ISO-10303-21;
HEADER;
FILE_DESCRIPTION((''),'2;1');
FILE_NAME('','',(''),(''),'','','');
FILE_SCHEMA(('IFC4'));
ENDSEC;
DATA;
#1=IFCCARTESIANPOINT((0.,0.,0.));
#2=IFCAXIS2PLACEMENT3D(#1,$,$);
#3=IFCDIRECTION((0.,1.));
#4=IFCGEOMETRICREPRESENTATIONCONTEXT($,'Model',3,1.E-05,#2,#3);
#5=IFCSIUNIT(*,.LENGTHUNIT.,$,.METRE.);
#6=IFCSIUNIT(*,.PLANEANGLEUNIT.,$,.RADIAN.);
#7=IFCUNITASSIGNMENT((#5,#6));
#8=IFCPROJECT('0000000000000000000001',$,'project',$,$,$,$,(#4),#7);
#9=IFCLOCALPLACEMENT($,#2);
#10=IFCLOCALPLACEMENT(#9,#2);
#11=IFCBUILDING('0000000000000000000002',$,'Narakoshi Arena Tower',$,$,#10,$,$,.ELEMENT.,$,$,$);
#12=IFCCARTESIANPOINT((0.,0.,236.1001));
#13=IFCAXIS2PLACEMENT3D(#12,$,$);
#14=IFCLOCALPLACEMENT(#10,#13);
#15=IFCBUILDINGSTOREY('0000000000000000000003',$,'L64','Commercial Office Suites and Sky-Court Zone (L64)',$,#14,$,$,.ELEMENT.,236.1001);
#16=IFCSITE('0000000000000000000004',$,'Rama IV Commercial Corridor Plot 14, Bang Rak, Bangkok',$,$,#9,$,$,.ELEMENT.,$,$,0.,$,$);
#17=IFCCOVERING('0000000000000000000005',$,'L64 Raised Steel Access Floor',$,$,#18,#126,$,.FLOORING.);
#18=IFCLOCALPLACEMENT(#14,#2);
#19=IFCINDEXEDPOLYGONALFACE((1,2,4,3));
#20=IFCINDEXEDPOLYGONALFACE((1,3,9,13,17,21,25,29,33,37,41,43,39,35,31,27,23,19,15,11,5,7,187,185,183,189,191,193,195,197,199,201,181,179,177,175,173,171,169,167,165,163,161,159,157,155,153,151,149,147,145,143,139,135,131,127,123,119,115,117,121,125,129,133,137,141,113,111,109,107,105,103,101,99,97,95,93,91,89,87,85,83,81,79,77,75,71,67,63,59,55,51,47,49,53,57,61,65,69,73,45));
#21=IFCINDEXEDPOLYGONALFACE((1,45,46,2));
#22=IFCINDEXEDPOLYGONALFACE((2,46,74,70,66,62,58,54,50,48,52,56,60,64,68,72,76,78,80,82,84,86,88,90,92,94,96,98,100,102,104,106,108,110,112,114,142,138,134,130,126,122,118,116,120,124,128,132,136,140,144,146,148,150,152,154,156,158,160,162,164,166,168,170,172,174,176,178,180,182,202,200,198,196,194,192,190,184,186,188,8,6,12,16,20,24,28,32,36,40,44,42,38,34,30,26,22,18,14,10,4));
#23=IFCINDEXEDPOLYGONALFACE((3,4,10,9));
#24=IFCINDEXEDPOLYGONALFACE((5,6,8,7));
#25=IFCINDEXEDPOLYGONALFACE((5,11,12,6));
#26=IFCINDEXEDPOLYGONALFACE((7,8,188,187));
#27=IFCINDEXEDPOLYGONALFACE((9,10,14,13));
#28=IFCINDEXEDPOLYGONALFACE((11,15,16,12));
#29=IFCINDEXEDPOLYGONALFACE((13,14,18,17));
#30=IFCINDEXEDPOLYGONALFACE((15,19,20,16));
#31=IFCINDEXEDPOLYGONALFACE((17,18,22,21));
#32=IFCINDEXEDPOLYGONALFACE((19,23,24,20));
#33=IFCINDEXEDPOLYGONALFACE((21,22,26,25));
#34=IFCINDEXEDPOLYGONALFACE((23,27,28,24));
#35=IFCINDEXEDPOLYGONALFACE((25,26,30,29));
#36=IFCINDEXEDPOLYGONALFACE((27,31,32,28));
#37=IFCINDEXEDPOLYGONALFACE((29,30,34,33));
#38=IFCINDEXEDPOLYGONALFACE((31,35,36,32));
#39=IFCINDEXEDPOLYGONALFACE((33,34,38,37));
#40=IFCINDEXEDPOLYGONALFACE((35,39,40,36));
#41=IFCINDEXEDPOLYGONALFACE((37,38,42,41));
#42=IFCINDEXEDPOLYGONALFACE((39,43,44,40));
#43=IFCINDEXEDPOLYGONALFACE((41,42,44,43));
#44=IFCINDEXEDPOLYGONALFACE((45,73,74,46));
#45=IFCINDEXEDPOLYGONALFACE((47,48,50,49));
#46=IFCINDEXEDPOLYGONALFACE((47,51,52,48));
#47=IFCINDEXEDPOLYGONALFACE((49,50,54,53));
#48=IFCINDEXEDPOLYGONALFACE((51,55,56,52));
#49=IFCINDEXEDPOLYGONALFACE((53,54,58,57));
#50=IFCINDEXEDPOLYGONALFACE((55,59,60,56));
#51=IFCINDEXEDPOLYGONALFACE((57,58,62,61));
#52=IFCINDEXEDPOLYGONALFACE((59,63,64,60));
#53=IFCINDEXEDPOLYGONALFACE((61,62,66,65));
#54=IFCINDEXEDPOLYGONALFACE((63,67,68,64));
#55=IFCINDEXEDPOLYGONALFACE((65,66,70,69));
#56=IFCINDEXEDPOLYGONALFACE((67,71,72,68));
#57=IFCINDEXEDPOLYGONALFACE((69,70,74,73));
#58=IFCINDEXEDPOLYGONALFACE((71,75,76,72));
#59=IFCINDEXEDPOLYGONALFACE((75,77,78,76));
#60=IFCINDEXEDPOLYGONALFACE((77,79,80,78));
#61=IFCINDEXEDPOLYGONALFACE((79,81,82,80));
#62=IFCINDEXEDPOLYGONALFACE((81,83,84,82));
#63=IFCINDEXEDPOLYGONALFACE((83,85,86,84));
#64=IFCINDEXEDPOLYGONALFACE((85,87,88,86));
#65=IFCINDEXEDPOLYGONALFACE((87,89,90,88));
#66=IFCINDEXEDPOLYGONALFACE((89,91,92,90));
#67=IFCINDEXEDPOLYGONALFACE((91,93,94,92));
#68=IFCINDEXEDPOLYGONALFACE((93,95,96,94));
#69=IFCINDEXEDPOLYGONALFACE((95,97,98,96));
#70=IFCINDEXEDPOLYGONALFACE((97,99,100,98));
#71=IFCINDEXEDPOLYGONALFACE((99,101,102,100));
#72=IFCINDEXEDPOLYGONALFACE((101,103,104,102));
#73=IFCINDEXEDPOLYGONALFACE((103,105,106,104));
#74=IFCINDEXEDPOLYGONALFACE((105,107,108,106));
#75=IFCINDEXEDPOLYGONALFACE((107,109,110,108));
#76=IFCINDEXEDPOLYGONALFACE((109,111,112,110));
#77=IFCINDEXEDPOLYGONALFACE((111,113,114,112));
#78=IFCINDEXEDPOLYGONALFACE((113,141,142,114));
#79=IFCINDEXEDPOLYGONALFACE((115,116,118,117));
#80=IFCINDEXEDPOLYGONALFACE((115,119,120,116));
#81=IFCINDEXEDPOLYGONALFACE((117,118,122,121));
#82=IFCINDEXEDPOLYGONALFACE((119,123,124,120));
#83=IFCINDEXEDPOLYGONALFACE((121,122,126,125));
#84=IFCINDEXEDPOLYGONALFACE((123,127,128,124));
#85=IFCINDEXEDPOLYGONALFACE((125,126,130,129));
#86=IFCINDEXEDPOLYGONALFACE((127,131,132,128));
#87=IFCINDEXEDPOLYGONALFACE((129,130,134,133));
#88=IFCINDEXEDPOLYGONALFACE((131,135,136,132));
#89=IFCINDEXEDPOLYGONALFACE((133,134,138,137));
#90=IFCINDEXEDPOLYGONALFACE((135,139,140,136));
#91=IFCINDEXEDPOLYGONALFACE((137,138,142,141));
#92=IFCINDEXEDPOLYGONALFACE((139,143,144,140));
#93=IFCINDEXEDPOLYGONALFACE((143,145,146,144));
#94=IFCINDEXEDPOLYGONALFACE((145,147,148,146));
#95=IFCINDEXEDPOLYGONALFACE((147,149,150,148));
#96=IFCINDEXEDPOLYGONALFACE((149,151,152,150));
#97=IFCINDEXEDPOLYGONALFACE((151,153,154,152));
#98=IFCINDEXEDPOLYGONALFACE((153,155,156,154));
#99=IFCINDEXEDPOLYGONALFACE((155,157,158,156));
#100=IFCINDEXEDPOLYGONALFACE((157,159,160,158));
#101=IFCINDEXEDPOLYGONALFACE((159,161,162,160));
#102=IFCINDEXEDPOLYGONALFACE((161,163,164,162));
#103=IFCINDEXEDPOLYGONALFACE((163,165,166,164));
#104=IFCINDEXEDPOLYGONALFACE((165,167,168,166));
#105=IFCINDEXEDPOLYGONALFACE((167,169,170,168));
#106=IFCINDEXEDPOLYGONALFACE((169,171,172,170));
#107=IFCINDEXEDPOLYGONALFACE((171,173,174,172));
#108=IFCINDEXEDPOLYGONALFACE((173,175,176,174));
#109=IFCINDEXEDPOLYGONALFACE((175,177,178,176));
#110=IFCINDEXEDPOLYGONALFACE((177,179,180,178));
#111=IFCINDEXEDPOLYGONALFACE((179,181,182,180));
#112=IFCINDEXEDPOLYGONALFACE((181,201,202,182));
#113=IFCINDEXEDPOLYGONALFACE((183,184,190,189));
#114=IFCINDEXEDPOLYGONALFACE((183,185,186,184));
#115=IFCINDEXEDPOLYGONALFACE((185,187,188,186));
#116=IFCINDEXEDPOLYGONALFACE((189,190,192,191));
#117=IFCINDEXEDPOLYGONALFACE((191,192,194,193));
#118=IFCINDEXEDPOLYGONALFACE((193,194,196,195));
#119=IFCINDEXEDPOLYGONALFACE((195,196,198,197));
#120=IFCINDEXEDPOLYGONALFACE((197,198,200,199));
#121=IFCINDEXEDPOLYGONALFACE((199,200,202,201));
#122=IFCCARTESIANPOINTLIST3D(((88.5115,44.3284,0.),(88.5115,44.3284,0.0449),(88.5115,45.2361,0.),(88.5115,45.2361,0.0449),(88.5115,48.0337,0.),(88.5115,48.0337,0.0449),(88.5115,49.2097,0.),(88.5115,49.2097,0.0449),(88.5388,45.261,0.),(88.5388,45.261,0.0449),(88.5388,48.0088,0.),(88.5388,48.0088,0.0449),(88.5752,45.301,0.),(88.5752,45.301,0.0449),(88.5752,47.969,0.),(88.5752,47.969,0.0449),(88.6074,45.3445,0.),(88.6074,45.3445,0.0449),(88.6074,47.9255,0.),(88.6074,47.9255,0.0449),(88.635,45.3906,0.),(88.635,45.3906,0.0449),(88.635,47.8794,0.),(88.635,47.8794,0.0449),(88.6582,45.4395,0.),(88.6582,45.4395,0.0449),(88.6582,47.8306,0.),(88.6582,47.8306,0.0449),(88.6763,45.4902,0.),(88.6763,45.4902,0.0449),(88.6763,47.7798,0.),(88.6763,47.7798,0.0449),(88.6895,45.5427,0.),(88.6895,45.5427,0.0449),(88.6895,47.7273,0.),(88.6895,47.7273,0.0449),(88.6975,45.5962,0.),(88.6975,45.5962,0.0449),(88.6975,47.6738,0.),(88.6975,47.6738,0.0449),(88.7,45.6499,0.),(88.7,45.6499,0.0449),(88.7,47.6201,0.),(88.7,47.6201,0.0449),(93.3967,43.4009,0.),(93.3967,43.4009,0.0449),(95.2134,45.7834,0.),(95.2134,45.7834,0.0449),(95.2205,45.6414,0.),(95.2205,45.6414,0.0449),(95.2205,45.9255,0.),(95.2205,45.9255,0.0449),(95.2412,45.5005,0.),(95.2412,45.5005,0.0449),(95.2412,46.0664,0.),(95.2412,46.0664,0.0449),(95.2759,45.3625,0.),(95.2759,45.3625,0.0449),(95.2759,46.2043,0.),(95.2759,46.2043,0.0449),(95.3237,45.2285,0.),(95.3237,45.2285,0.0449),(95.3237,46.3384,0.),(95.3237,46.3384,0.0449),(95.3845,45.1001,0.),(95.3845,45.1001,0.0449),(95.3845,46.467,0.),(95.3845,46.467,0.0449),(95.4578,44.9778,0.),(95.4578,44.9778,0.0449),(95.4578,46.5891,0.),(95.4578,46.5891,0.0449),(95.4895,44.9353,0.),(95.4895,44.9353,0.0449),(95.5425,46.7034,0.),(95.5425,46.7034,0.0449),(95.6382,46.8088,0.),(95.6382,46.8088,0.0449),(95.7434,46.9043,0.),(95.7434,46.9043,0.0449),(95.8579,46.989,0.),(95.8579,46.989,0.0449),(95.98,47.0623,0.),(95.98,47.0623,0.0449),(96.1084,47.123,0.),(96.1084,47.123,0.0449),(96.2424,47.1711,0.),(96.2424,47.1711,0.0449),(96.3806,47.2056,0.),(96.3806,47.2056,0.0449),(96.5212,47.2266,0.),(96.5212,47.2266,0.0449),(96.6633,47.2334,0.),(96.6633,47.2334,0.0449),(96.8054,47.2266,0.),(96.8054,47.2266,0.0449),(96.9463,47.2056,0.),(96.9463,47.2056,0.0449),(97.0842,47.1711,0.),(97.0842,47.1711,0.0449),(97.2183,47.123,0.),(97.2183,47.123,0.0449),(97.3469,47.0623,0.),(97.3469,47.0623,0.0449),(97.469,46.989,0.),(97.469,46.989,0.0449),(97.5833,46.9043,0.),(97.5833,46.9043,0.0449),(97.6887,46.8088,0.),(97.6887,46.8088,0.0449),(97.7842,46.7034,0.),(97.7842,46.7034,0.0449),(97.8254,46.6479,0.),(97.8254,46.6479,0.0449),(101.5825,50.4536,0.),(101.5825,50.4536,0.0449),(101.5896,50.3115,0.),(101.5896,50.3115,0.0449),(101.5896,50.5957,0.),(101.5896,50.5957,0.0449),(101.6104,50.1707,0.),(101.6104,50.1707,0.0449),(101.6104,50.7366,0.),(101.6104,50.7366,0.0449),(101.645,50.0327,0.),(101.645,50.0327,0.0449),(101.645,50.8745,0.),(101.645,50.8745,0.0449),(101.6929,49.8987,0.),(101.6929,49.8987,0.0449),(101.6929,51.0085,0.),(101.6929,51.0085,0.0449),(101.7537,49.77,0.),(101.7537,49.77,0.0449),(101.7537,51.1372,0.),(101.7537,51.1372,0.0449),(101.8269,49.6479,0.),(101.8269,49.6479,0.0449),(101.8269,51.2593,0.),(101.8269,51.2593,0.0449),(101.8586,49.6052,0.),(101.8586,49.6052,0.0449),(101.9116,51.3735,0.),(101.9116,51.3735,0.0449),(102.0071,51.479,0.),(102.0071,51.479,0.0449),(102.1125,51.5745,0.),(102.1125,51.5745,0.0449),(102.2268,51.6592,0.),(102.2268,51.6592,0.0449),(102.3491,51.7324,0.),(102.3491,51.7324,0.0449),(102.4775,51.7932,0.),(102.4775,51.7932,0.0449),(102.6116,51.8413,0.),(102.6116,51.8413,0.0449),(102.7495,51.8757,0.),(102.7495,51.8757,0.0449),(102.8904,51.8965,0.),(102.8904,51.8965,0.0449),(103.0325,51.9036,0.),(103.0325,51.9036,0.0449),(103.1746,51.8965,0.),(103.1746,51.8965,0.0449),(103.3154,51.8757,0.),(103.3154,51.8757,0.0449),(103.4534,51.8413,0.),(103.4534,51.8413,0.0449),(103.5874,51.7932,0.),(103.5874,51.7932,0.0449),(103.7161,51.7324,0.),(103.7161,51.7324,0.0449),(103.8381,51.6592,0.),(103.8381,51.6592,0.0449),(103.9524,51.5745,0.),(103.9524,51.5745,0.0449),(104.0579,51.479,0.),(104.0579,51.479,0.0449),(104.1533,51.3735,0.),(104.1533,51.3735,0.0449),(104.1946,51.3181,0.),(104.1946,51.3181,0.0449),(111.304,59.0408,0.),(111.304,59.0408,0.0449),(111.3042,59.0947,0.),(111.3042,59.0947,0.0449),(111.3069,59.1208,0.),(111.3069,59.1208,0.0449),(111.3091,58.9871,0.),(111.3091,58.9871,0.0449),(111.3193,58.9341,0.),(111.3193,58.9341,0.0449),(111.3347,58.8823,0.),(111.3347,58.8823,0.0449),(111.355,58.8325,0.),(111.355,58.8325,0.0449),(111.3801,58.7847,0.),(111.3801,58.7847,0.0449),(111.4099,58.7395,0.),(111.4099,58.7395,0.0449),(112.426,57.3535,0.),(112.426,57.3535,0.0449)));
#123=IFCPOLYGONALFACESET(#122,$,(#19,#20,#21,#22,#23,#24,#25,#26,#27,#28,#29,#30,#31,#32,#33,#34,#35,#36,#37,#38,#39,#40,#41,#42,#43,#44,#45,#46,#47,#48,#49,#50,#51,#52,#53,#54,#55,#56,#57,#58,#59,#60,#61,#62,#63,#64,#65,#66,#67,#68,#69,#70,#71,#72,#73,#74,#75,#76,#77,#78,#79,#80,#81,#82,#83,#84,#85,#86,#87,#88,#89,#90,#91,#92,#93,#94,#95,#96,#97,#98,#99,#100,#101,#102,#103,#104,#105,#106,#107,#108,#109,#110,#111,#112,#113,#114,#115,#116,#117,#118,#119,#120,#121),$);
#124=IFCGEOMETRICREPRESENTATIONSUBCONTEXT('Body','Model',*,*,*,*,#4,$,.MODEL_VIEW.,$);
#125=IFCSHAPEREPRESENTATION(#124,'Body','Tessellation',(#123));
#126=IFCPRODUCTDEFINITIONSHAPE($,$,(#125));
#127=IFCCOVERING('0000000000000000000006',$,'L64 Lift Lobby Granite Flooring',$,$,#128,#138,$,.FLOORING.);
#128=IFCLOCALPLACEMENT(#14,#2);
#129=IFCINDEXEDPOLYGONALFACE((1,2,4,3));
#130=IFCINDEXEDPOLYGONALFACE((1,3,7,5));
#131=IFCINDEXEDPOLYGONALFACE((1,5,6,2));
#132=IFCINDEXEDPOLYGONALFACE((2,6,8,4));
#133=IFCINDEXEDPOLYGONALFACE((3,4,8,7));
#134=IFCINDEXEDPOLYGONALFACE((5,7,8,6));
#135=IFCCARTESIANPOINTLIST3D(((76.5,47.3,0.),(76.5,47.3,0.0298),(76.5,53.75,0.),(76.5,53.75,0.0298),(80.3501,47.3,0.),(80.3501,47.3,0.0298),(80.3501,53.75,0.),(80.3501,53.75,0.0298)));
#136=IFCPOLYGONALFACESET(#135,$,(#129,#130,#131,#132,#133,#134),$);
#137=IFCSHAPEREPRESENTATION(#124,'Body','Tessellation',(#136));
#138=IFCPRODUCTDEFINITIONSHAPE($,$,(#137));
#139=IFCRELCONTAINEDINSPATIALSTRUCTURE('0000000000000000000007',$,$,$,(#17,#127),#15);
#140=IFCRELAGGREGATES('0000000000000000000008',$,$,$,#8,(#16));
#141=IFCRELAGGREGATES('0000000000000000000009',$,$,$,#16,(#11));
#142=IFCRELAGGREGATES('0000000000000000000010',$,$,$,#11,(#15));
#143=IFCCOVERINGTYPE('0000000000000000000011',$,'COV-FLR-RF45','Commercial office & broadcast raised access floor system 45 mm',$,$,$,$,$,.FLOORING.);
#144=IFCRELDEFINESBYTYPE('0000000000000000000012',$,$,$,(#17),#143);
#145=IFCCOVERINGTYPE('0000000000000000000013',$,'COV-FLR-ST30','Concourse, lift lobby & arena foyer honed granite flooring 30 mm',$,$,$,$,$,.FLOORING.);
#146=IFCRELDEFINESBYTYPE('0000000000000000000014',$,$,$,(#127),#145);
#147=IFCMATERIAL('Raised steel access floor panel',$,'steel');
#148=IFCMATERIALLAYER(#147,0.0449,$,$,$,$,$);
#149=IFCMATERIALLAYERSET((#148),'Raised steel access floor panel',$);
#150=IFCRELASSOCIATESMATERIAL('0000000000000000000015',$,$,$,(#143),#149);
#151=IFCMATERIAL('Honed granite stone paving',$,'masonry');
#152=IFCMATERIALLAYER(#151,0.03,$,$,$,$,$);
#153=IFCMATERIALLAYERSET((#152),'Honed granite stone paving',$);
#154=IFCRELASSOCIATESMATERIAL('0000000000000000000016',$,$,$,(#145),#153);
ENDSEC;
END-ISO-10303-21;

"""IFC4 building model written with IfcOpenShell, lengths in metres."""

from ifc_helpers import new_model, si_unit, direction, frame, origin, place, context, subcontext, project, spatial, polyline, outline, extrude, material, layer, layer_set, type_object, element, save


model = new_model("IFC4")

# Units and contexts
model_context = context("Model", 3, precision=1e-05, world=origin(), true_north=direction((0.0, 1.0)))
body_context = subcontext(model_context, "Body", "Model", "MODEL_VIEW")
ifc_project = project(units=[si_unit("LENGTHUNIT", "METRE"), si_unit("PLANEANGLEUNIT", "RADIAN")], contexts=[model_context])

# Site, building, storey
site_placement = place(None, origin())
site = spatial("IfcSite", under=ifc_project, at=site_placement, Name="Rama IV Commercial Corridor Plot 14, Bang Rak, Bangkok", CompositionType="ELEMENT", RefElevation=0.0)
building_placement = place(site_placement, origin())
building = spatial("IfcBuilding", under=site, at=building_placement, Name="Narakoshi Arena Tower", CompositionType="ELEMENT")
storey_placement = place(building_placement, frame((0.0, 0.0, 236.1001)))
storey = spatial("IfcBuildingStorey", under=building, at=storey_placement, Name="L64", Description="Commercial Office Suites and Sky-Court Zone (L64)", CompositionType="ELEMENT", Elevation=236.1001)

# Coverings
ifc_material_1 = material(Name="Raised steel access floor panel", Category="steel")
ifc_layer_1 = layer(ifc_material_1, 0.0449)
ifc_layer_set_1 = layer_set([ifc_layer_1], Name="Raised steel access floor panel")
covering_type_1 = type_object("IfcCoveringType", Name="COV-FLR-RF45", Description="Commercial office & broadcast raised access floor system 45 mm", PredefinedType="FLOORING", material=ifc_layer_set_1)
covering_1_placement = place(storey_placement, origin())
element("IfcCovering", 1, at=covering_1_placement, inside=storey, type_object=covering_type_1, Name="L64 Raised Steel Access Floor", PredefinedType="FLOORING", context=body_context, shape_type="SweptSolid", body=[
    extrude(outline(polyline([(88.5388, 45.261), (88.5752, 45.301), (88.6074, 45.3445), (88.635, 45.3906), (88.6582, 45.4395), (88.6763, 45.4902), (88.6895, 45.5427), (88.6975, 45.5962), (88.7, 45.6499), (88.7, 47.6201), (88.6975, 47.6738), (88.6895, 47.7273), (88.6763, 47.7798), (88.6582, 47.8306), (88.635, 47.8794), (88.6074, 47.9255), (88.5752, 47.969), (88.5388, 48.0088), (88.5115, 48.0337), (88.5115, 49.2097), (111.3069, 59.1208), (111.3042, 59.0947), (111.304, 59.0408), (111.3091, 58.9871), (111.3193, 58.9341), (111.3347, 58.8823), (111.355, 58.8325), (111.3801, 58.7847), (111.4099, 58.7395), (112.426, 57.3535), (104.1946, 51.3181), (104.1533, 51.3735), (104.0579, 51.479), (103.9524, 51.5745), (103.8381, 51.6592), (103.7161, 51.7324), (103.5874, 51.7932), (103.4534, 51.8413), (103.3154, 51.8757), (103.1746, 51.8965), (103.0325, 51.9036), (102.8904, 51.8965), (102.7495, 51.8757), (102.6116, 51.8413), (102.4775, 51.7932), (102.3491, 51.7324), (102.2268, 51.6592), (102.1125, 51.5745), (102.0071, 51.479), (101.9116, 51.3735), (101.8269, 51.2593), (101.7537, 51.1372), (101.6929, 51.0085), (101.645, 50.8745), (101.6104, 50.7366), (101.5896, 50.5957), (101.5825, 50.4536), (101.5896, 50.3115), (101.6104, 50.1707), (101.645, 50.0327), (101.6929, 49.8987), (101.7537, 49.77), (101.8269, 49.6479), (101.8586, 49.6052), (97.8254, 46.6479), (97.7842, 46.7034), (97.6887, 46.8088), (97.5833, 46.9043), (97.469, 46.989), (97.3469, 47.0623), (97.2183, 47.123), (97.0842, 47.1711), (96.9463, 47.2056), (96.8054, 47.2266), (96.6633, 47.2334), (96.5212, 47.2266), (96.3806, 47.2056), (96.2424, 47.1711), (96.1084, 47.123), (95.98, 47.0623), (95.8579, 46.989), (95.7434, 46.9043), (95.6382, 46.8088), (95.5425, 46.7034), (95.4578, 46.5891), (95.3845, 46.467), (95.3237, 46.3384), (95.2759, 46.2043), (95.2412, 46.0664), (95.2205, 45.9255), (95.2134, 45.7834), (95.2205, 45.6414), (95.2412, 45.5005), (95.2759, 45.3625), (95.3237, 45.2285), (95.3845, 45.1001), (95.4578, 44.9778), (95.4895, 44.9353), (93.3967, 43.4009), (88.5115, 44.3284), (88.5115, 45.2361), (88.5388, 45.261)])), origin(), (0.0, 0.0, 1.0), 0.0449),
])
ifc_material_2 = material(Name="Honed granite stone paving", Category="masonry")
ifc_layer_2 = layer(ifc_material_2, 0.03)
ifc_layer_set_2 = layer_set([ifc_layer_2], Name="Honed granite stone paving")
covering_type_2 = type_object("IfcCoveringType", Name="COV-FLR-ST30", Description="Concourse, lift lobby & arena foyer honed granite flooring 30 mm", PredefinedType="FLOORING", material=ifc_layer_set_2)
covering_2_placement = place(storey_placement, origin())
element("IfcCovering", 2, at=covering_2_placement, inside=storey, type_object=covering_type_2, Name="L64 Lift Lobby Granite Flooring", PredefinedType="FLOORING", context=body_context, shape_type="SweptSolid", body=[
    extrude(outline(polyline([(76.5, 47.3), (80.3501, 47.3), (80.3501, 53.75), (76.5, 53.75), (76.5, 47.3)])), origin(), (0.0, 0.0, 1.0), 0.0298),
])

save(model, "model.ifc")
